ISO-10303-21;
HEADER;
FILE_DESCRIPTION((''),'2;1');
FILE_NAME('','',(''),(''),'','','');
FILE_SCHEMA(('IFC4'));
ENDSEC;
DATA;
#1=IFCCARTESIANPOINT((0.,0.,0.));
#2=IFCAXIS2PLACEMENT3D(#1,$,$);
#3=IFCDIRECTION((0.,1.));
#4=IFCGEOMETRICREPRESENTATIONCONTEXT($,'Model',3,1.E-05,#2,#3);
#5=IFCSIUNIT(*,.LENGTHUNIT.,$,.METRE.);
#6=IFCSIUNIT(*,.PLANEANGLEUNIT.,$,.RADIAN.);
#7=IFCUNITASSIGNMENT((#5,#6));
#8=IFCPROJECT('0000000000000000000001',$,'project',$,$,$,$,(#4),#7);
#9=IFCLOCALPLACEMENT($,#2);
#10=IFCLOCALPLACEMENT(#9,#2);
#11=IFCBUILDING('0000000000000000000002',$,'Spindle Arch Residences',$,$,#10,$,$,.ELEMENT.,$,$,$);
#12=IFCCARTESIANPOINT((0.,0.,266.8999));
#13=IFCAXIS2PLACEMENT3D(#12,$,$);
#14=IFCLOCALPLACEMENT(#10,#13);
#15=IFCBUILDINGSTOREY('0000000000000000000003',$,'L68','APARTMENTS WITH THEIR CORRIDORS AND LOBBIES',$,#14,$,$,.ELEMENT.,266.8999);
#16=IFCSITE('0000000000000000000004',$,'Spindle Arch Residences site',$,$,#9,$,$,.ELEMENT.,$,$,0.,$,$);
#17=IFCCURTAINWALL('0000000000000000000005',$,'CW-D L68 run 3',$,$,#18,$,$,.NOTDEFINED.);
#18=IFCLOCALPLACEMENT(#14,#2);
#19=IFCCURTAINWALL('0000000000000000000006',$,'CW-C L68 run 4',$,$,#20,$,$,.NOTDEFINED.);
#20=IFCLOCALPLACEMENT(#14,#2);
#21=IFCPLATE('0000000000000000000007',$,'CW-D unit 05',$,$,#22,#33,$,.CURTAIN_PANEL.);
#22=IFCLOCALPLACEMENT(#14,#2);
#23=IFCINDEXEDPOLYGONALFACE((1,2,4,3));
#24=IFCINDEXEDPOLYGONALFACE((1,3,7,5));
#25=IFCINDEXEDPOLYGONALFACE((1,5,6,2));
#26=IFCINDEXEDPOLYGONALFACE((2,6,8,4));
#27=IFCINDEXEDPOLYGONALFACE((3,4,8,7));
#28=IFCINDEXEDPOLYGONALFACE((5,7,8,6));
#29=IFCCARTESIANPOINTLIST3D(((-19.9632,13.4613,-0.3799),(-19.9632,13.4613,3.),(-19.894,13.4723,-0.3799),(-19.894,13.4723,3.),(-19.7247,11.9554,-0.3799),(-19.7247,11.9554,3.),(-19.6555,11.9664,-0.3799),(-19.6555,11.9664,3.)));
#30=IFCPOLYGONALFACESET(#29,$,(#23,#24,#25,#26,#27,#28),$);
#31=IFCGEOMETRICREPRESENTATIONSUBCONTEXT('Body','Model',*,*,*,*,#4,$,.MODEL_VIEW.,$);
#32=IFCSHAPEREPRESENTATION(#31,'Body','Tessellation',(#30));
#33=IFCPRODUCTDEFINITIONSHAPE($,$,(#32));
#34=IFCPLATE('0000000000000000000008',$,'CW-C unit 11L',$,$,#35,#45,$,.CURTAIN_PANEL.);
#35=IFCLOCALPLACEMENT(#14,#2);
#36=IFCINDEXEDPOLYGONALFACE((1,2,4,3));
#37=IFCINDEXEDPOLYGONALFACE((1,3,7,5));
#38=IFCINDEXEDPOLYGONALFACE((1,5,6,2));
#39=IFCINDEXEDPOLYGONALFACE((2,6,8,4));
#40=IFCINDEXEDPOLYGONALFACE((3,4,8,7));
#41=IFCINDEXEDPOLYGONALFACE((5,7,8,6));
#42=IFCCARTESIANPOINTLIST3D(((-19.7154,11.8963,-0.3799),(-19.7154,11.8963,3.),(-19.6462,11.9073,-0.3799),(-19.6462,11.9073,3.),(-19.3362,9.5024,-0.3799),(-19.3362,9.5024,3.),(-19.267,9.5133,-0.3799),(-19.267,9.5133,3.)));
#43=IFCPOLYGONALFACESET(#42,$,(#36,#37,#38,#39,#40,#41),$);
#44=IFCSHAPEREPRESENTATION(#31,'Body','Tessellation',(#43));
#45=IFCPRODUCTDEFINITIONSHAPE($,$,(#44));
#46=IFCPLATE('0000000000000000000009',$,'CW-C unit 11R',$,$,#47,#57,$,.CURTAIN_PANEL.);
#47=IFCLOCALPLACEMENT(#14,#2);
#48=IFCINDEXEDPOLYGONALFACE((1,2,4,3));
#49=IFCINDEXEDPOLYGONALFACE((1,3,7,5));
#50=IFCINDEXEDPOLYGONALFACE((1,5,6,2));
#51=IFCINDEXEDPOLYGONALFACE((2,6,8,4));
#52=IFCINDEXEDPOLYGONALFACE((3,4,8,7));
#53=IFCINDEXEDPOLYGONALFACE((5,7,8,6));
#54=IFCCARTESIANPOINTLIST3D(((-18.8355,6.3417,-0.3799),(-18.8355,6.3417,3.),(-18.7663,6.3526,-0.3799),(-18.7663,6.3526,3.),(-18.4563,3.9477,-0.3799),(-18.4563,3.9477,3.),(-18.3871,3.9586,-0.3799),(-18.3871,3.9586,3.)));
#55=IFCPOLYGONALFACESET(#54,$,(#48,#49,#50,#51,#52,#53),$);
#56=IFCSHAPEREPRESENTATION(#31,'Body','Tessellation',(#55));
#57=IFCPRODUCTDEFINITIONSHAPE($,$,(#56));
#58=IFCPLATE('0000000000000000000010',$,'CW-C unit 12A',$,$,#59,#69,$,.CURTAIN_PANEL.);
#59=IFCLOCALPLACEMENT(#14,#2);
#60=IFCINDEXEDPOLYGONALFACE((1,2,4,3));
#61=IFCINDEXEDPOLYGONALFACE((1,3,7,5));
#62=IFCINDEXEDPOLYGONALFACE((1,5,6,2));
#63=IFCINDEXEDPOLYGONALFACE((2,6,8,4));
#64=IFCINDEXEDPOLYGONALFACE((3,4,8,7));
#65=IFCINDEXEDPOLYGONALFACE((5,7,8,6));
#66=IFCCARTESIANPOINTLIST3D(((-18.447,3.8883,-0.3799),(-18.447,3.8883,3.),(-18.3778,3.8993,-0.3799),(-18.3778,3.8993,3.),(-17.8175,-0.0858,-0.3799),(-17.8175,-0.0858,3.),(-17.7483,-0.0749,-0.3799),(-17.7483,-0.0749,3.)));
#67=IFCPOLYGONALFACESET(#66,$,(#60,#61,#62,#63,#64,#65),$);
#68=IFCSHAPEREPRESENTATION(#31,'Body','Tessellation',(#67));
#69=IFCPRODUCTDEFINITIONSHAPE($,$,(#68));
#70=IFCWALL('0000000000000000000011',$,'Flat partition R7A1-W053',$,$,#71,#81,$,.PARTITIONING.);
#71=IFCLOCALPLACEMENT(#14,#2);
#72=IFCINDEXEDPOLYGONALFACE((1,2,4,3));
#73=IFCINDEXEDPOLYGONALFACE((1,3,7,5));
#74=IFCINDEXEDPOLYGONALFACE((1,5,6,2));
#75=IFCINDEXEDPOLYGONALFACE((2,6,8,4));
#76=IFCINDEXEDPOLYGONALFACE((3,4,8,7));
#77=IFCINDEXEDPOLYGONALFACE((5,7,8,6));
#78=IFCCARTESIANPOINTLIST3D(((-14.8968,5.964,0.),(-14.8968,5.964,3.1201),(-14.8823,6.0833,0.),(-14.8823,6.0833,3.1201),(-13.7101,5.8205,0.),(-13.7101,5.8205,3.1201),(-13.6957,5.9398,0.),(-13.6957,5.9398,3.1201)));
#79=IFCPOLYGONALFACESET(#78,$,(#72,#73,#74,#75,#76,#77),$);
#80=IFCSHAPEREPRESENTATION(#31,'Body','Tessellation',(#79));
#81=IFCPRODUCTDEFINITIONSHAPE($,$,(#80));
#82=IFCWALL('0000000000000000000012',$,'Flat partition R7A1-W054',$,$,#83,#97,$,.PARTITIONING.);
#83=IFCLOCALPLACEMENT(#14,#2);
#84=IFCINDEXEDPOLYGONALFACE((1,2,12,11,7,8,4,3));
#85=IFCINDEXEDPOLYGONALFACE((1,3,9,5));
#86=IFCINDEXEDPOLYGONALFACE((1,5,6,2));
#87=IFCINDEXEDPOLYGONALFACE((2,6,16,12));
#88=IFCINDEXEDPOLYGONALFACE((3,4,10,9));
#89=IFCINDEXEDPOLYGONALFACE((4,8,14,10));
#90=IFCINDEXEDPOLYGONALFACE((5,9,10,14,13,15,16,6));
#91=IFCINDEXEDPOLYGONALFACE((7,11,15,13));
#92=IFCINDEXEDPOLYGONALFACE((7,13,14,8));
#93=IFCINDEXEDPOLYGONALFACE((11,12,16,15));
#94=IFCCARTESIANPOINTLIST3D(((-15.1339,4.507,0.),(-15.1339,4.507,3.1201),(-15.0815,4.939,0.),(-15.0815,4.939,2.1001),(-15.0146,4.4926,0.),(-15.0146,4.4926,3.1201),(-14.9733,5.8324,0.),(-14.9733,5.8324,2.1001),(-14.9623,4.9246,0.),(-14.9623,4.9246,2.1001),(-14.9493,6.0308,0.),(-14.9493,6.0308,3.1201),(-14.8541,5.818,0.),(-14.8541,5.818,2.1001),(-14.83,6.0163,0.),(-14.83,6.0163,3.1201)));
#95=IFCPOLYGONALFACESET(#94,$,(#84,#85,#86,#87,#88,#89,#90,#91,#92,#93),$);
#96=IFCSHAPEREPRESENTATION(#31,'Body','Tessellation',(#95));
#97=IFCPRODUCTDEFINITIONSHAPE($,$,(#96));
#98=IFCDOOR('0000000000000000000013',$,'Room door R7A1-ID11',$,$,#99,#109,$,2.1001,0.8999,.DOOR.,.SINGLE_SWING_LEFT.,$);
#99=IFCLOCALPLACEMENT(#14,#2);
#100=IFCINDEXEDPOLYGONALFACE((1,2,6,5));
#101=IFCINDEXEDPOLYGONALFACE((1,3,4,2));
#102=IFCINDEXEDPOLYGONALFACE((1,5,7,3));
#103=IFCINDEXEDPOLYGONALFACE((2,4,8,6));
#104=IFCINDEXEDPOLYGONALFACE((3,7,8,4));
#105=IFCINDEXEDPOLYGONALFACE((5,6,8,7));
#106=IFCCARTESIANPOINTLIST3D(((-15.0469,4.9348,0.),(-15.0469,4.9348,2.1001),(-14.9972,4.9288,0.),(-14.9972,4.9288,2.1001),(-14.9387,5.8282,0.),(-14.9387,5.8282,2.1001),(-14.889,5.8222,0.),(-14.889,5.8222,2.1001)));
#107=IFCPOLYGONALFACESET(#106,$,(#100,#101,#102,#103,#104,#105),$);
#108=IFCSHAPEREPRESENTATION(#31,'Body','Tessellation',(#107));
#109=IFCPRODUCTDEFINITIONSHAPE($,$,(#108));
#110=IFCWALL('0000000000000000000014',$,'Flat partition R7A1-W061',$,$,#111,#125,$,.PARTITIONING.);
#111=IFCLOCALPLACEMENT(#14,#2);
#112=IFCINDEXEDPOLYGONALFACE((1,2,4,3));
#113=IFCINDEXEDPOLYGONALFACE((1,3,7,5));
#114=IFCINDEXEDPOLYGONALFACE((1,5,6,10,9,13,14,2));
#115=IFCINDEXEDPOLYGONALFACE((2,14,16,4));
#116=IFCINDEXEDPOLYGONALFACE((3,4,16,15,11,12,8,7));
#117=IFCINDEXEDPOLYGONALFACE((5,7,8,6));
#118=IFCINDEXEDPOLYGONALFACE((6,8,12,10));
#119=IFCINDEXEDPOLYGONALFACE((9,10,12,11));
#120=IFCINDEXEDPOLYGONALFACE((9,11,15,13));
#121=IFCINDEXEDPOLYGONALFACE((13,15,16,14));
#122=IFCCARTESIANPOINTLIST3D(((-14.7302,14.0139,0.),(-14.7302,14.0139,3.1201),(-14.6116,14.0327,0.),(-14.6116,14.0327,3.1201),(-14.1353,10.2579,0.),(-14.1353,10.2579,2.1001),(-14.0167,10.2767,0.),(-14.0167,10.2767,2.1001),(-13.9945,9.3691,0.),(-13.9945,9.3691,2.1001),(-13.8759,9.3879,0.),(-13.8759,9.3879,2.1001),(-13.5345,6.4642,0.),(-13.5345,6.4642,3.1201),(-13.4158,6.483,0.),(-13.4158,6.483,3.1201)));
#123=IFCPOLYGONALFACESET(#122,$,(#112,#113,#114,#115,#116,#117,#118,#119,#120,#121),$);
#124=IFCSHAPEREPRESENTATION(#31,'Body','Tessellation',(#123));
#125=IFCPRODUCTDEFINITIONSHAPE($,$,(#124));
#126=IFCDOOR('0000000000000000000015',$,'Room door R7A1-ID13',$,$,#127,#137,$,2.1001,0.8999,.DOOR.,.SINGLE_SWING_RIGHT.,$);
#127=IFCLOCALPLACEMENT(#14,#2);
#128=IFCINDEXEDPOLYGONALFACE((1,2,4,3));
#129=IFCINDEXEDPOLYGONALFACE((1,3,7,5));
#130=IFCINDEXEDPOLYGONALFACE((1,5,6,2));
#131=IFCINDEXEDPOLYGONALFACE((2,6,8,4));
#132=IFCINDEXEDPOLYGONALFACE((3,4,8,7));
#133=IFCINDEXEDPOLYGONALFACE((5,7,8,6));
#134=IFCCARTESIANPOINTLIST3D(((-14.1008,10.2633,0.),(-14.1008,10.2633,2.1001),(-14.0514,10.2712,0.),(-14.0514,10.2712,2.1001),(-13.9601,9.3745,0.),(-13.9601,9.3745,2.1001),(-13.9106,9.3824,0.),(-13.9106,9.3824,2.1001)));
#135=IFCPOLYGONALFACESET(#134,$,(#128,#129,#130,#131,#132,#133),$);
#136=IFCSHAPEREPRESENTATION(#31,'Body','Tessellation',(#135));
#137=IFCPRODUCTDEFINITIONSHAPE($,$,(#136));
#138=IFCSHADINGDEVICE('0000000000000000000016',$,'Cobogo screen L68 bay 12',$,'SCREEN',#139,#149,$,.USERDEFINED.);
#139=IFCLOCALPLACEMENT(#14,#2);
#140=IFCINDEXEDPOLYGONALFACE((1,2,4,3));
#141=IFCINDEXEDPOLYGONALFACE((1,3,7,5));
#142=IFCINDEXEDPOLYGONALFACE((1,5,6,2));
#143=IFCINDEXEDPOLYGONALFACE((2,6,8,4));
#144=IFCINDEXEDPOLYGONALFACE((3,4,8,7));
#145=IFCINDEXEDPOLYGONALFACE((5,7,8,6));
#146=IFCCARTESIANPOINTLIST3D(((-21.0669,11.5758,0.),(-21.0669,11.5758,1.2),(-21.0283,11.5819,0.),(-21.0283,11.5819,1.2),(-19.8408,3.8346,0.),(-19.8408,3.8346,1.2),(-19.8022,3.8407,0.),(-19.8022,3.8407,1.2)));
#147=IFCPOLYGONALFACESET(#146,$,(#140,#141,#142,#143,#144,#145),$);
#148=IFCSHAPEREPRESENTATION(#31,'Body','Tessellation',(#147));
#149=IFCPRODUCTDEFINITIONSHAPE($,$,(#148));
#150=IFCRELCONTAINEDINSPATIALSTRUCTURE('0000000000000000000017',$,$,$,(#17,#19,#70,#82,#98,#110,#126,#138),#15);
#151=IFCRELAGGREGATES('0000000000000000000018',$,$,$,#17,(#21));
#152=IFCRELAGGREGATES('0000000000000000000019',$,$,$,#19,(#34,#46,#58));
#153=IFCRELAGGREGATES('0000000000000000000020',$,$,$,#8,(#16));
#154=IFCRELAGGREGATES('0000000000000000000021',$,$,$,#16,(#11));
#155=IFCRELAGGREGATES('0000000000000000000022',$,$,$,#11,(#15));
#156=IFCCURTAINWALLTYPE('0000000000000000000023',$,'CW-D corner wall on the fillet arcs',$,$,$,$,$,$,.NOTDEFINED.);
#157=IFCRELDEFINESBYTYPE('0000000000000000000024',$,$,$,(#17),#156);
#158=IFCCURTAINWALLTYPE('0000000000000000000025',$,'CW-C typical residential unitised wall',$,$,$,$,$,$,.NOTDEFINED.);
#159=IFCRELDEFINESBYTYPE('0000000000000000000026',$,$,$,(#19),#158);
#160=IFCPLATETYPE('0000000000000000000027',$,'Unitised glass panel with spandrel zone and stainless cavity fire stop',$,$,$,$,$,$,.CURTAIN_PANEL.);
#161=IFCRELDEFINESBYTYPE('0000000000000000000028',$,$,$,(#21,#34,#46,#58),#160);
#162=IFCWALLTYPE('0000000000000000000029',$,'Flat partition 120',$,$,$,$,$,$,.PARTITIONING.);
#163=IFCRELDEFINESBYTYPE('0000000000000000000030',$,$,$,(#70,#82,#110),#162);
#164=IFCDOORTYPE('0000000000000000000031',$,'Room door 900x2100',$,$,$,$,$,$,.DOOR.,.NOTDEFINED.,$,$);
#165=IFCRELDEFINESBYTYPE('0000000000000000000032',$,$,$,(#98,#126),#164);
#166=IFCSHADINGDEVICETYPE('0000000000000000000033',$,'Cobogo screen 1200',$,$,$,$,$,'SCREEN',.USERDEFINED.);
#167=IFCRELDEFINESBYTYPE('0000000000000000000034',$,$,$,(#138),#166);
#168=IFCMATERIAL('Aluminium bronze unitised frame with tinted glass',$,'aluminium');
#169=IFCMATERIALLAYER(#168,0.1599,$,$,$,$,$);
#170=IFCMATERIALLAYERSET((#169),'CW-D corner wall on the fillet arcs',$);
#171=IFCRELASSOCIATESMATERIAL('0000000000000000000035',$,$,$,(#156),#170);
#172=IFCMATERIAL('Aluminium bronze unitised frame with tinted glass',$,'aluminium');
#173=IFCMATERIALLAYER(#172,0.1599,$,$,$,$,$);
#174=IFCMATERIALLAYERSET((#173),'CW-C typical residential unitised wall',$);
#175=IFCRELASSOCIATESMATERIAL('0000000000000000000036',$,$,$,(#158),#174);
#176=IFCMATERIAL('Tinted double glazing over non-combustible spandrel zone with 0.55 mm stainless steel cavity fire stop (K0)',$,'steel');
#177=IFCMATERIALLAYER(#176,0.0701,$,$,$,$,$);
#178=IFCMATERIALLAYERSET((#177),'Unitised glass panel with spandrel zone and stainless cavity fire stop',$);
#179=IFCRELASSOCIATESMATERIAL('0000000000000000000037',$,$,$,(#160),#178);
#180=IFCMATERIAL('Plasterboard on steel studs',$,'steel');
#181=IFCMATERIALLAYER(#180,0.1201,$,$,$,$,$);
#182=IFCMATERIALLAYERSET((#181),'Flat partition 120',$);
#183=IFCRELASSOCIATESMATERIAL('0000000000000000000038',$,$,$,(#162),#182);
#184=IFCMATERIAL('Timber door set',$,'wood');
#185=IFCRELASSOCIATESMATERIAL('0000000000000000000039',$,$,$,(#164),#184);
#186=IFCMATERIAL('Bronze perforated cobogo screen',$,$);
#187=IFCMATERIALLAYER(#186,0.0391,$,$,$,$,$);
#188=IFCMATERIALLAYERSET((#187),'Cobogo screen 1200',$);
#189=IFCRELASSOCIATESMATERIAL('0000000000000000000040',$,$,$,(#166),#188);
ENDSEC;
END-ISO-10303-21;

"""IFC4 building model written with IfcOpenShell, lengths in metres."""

from ifc_helpers import new_model, si_unit, direction, frame, frame_2d, origin, origin_2d, place, context, subcontext, project, spatial, rectangle, extrude, material, layer, layer_set, type_object, element, fill, aggregate, save


model = new_model("IFC4")

# Units and contexts
model_context = context("Model", 3, precision=1e-05, world=origin(), true_north=direction((0.0, 1.0)))
body_context = subcontext(model_context, "Body", "Model", "MODEL_VIEW")
ifc_project = project(units=[si_unit("LENGTHUNIT", "METRE"), si_unit("PLANEANGLEUNIT", "RADIAN")], contexts=[model_context])

# Site, building, storey
site_placement = place(None, origin())
site = spatial("IfcSite", under=ifc_project, at=site_placement, Name="Spindle Arch Residences site", CompositionType="ELEMENT", RefElevation=0.0)
building_placement = place(site_placement, origin())
building = spatial("IfcBuilding", under=site, at=building_placement, Name="Spindle Arch Residences", CompositionType="ELEMENT")
storey_placement = place(building_placement, frame((0.0, 0.0, 266.8999)))
storey = spatial("IfcBuildingStorey", under=building, at=storey_placement, Name="L68", Description="APARTMENTS WITH THEIR CORRIDORS AND LOBBIES", CompositionType="ELEMENT", Elevation=266.8999)

# Curtain wall
ifc_material_1 = material(Name="Aluminium bronze unitised frame with tinted glass", Category="aluminium")
ifc_layer_1 = layer(ifc_material_1, 0.1599)
ifc_layer_set_1 = layer_set([ifc_layer_1], Name="CW-D corner wall on the fillet arcs")
curtain_wall_type_1 = type_object("IfcCurtainWallType", Name="CW-D corner wall on the fillet arcs", PredefinedType="NOTDEFINED", material=ifc_layer_set_1)
curtain_wall_1_placement = place(storey_placement, origin())
curtain_wall_1 = element("IfcCurtainWall", 1, at=curtain_wall_1_placement, inside=storey, type_object=curtain_wall_type_1, Name="CW-D L68 run 3", PredefinedType="NOTDEFINED")

# Curtain wall
ifc_material_2 = material(Name="Aluminium bronze unitised frame with tinted glass", Category="aluminium")
ifc_layer_2 = layer(ifc_material_2, 0.1599)
ifc_layer_set_2 = layer_set([ifc_layer_2], Name="CW-C typical residential unitised wall")
curtain_wall_type_2 = type_object("IfcCurtainWallType", Name="CW-C typical residential unitised wall", PredefinedType="NOTDEFINED", material=ifc_layer_set_2)
curtain_wall_2_placement = place(storey_placement, origin())
curtain_wall_2 = element("IfcCurtainWall", 2, at=curtain_wall_2_placement, inside=storey, type_object=curtain_wall_type_2, Name="CW-C L68 run 4", PredefinedType="NOTDEFINED")

# Plates
ifc_material_3 = material(Name="Tinted double glazing over non-combustible spandrel zone with 0.55 mm stainless steel cavity fire stop (K0)", Category="steel")
ifc_layer_3 = layer(ifc_material_3, 0.0701)
ifc_layer_set_3 = layer_set([ifc_layer_3], Name="Unitised glass panel with spandrel zone and stainless cavity fire stop")
plate_type = type_object("IfcPlateType", Name="Unitised glass panel with spandrel zone and stainless cavity fire stop", PredefinedType="CURTAIN_PANEL", material=ifc_layer_set_3)
plate_1_placement = place(storey_placement, frame((-19.8093, 12.7139, -0.3799), z_axis=(0.0, 0.0, 1.0), x_axis=(0.156434, -0.987688, 0.0)))
plate_1 = element("IfcPlate", 3, at=plate_1_placement, type_object=plate_type, Name="CW-D unit 05", PredefinedType="CURTAIN_PANEL", context=body_context, shape_type="SweptSolid", body=[
    extrude(rectangle(XDim=1.5247, YDim=0.0701, at=origin_2d()), origin(), (0.0, 0.0, 1.0), 3.3799),
])
aggregate(curtain_wall_1, [plate_1])
plate_2_placement = place(storey_placement, frame((-19.4912, 10.7048, -0.3799), z_axis=(0.0, 0.0, 1.0), x_axis=(0.156434, -0.987688, 0.0)))
plate_2 = element("IfcPlate", 4, at=plate_2_placement, type_object=plate_type, Name="CW-C unit 11L", PredefinedType="CURTAIN_PANEL", context=body_context, shape_type="SweptSolid", body=[
    extrude(rectangle(XDim=2.4238, YDim=0.0701, at=origin_2d()), origin(), (0.0, 0.0, 1.0), 3.3799),
])
plate_3_placement = place(storey_placement, frame((-18.6113, 5.1501, -0.3799), z_axis=(0.0, 0.0, 1.0), x_axis=(0.156434, -0.987688, 0.0)))
plate_3 = element("IfcPlate", 5, at=plate_3_placement, type_object=plate_type, Name="CW-C unit 11R", PredefinedType="CURTAIN_PANEL", context=body_context, shape_type="SweptSolid", body=[
    extrude(rectangle(XDim=2.4238, YDim=0.0701, at=origin_2d()), origin(), (0.0, 0.0, 1.0), 3.3799),
])
plate_4_placement = place(storey_placement, frame((-18.0977, 1.9067, -0.3799), z_axis=(0.0, 0.0, 1.0), x_axis=(0.156434, -0.987688, 0.0)))
plate_4 = element("IfcPlate", 6, at=plate_4_placement, type_object=plate_type, Name="CW-C unit 12A", PredefinedType="CURTAIN_PANEL", context=body_context, shape_type="SweptSolid", body=[
    extrude(rectangle(XDim=4.0237, YDim=0.0701, at=origin_2d()), origin(), (0.0, 0.0, 1.0), 3.3799),
])
aggregate(curtain_wall_2, [plate_2, plate_3, plate_4])

# Wall
ifc_material_4 = material(Name="Plasterboard on steel studs", Category="steel")
ifc_layer_4 = layer(ifc_material_4, 0.1201)
ifc_layer_set_4 = layer_set([ifc_layer_4], Name="Flat partition 120")
wall_type_1 = type_object("IfcWallType", Name="Flat partition 120", PredefinedType="PARTITIONING", material=ifc_layer_set_4)
wall_1_placement = place(storey_placement, frame((-13.7029, 5.8801, 0.0), z_axis=(0.0, 0.0, 1.0), x_axis=(-0.992763, 0.120087, 0.0)))
element("IfcWall", 7, at=wall_1_placement, inside=storey, type_object=wall_type_1, Name="Flat partition R7A1-W053", PredefinedType="PARTITIONING", context=body_context, shape_type="SweptSolid", body=[
    extrude(rectangle(XDim=1.1953, YDim=0.1201, at=frame_2d((0.5977, 0.0))), origin(), (0.0, 0.0, 1.0), 3.1201),
])

# Walls, openings, doors
wall_2_placement = place(storey_placement, frame((-14.8896, 6.0237, 0.0), z_axis=(0.0, 0.0, 1.0), x_axis=(-0.120255, -0.992743, 0.0)))
wall_2 = element("IfcWall", 8, at=wall_2_placement, inside=storey, type_object=wall_type_1, Name="Flat partition R7A1-W054", PredefinedType="PARTITIONING", context=body_context, shape_type="SweptSolid", body=[
    extrude(rectangle(XDim=1.5349, YDim=0.1201, at=frame_2d((0.7676, 0.0))), origin(), (0.0, 0.0, 1.0), 3.1201),
])
opening_1_placement = place(wall_2_placement, frame((0.2, 0.0, 0.0)))
opening_1 = element("IfcOpeningElement", 9, at=opening_1_placement, cuts=wall_2, PredefinedType="OPENING", context=body_context, shape_type="SweptSolid", body=[
    extrude(rectangle(XDim=0.8999, YDim=2.1001, at=frame_2d((0.45, 1.05))), frame((0.0, 0.0701, 0.0), z_axis=(0.0, -1.0, 0.0), x_axis=(1.0, 0.0, 0.0)), (0.0, 0.0, 1.0), 0.1401),
])
ifc_material_5 = material(Name="Timber door set", Category="wood")
door_type_1 = type_object("IfcDoorType", Name="Room door 900x2100", OperationType="NOTDEFINED", PredefinedType="DOOR", material=ifc_material_5)
door_1_placement = place(opening_1_placement, origin())
door_1 = element("IfcDoor", 10, at=door_1_placement, inside=storey, type_object=door_type_1, Name="Room door R7A1-ID11", OperationType="SINGLE_SWING_LEFT", OverallHeight=2.1001, OverallWidth=0.8999, PredefinedType="DOOR", context=body_context, shape_type="SweptSolid", body=[
    extrude(rectangle(XDim=0.8999, YDim=2.1001, at=frame_2d((0.45, 1.05))), frame((0.0, 0.0249, 0.0), z_axis=(0.0, -1.0, 0.0), x_axis=(1.0, 0.0, 0.0)), (0.0, 0.0, 1.0), 0.05),
])
fill(opening_1, door_1)
wall_3_placement = place(storey_placement, frame((-14.6709, 14.0232, 0.0), z_axis=(0.0, 0.0, 1.0), x_axis=(0.156438, -0.987688, 0.0)))
wall_3 = element("IfcWall", 11, at=wall_3_placement, inside=storey, type_object=wall_type_1, Name="Flat partition R7A1-W061", PredefinedType="PARTITIONING", context=body_context, shape_type="SweptSolid", body=[
    extrude(rectangle(XDim=7.6438, YDim=0.1201, at=frame_2d((3.8218, 0.0))), origin(), (0.0, 0.0, 1.0), 3.1201),
])
opening_2_placement = place(wall_3_placement, frame((3.8027, 0.0, 0.0)))
opening_2 = element("IfcOpeningElement", 12, at=opening_2_placement, cuts=wall_3, PredefinedType="OPENING", context=body_context, shape_type="SweptSolid", body=[
    extrude(rectangle(XDim=0.8999, YDim=2.1001, at=frame_2d((0.45, 1.05))), frame((0.0, 0.0701, 0.0), z_axis=(0.0, -1.0, 0.0), x_axis=(1.0, 0.0, 0.0)), (0.0, 0.0, 1.0), 0.1401),
])
door_2_placement = place(opening_2_placement, origin())
door_2 = element("IfcDoor", 13, at=door_2_placement, inside=storey, type_object=door_type_1, Name="Room door R7A1-ID13", OperationType="SINGLE_SWING_RIGHT", OverallHeight=2.1001, OverallWidth=0.8999, PredefinedType="DOOR", context=body_context, shape_type="SweptSolid", body=[
    extrude(rectangle(XDim=0.8999, YDim=2.1001, at=frame_2d((0.45, 1.05))), frame((0.0, 0.0249, 0.0), z_axis=(0.0, -1.0, 0.0), x_axis=(1.0, 0.0, 0.0)), (0.0, 0.0, 1.0), 0.05),
])
fill(opening_2, door_2)

# Shading device
ifc_material_6 = material(Name="Bronze perforated cobogo screen")
ifc_layer_5 = layer(ifc_material_6, 0.0391)
ifc_layer_set_5 = layer_set([ifc_layer_5], Name="Cobogo screen 1200")
shading_device_type = type_object("IfcShadingDeviceType", Name="Cobogo screen 1200", ElementType="SCREEN", PredefinedType="USERDEFINED", material=ifc_layer_set_5)
shading_device_placement = place(storey_placement, frame((-20.4346, 7.7083, 0.0), z_axis=(0.0, 0.0, 1.0), x_axis=(0.156434, -0.987688, 0.0)))
element("IfcShadingDevice", 14, at=shading_device_placement, inside=storey, type_object=shading_device_type, Name="Cobogo screen L68 bay 12", ObjectType="SCREEN", PredefinedType="USERDEFINED", context=body_context, shape_type="SweptSolid", body=[
    extrude(rectangle(XDim=7.8376, YDim=0.0391, at=origin_2d()), origin(), (0.0, 0.0, 1.0), 1.2),
])

save(model, "model.ifc")
